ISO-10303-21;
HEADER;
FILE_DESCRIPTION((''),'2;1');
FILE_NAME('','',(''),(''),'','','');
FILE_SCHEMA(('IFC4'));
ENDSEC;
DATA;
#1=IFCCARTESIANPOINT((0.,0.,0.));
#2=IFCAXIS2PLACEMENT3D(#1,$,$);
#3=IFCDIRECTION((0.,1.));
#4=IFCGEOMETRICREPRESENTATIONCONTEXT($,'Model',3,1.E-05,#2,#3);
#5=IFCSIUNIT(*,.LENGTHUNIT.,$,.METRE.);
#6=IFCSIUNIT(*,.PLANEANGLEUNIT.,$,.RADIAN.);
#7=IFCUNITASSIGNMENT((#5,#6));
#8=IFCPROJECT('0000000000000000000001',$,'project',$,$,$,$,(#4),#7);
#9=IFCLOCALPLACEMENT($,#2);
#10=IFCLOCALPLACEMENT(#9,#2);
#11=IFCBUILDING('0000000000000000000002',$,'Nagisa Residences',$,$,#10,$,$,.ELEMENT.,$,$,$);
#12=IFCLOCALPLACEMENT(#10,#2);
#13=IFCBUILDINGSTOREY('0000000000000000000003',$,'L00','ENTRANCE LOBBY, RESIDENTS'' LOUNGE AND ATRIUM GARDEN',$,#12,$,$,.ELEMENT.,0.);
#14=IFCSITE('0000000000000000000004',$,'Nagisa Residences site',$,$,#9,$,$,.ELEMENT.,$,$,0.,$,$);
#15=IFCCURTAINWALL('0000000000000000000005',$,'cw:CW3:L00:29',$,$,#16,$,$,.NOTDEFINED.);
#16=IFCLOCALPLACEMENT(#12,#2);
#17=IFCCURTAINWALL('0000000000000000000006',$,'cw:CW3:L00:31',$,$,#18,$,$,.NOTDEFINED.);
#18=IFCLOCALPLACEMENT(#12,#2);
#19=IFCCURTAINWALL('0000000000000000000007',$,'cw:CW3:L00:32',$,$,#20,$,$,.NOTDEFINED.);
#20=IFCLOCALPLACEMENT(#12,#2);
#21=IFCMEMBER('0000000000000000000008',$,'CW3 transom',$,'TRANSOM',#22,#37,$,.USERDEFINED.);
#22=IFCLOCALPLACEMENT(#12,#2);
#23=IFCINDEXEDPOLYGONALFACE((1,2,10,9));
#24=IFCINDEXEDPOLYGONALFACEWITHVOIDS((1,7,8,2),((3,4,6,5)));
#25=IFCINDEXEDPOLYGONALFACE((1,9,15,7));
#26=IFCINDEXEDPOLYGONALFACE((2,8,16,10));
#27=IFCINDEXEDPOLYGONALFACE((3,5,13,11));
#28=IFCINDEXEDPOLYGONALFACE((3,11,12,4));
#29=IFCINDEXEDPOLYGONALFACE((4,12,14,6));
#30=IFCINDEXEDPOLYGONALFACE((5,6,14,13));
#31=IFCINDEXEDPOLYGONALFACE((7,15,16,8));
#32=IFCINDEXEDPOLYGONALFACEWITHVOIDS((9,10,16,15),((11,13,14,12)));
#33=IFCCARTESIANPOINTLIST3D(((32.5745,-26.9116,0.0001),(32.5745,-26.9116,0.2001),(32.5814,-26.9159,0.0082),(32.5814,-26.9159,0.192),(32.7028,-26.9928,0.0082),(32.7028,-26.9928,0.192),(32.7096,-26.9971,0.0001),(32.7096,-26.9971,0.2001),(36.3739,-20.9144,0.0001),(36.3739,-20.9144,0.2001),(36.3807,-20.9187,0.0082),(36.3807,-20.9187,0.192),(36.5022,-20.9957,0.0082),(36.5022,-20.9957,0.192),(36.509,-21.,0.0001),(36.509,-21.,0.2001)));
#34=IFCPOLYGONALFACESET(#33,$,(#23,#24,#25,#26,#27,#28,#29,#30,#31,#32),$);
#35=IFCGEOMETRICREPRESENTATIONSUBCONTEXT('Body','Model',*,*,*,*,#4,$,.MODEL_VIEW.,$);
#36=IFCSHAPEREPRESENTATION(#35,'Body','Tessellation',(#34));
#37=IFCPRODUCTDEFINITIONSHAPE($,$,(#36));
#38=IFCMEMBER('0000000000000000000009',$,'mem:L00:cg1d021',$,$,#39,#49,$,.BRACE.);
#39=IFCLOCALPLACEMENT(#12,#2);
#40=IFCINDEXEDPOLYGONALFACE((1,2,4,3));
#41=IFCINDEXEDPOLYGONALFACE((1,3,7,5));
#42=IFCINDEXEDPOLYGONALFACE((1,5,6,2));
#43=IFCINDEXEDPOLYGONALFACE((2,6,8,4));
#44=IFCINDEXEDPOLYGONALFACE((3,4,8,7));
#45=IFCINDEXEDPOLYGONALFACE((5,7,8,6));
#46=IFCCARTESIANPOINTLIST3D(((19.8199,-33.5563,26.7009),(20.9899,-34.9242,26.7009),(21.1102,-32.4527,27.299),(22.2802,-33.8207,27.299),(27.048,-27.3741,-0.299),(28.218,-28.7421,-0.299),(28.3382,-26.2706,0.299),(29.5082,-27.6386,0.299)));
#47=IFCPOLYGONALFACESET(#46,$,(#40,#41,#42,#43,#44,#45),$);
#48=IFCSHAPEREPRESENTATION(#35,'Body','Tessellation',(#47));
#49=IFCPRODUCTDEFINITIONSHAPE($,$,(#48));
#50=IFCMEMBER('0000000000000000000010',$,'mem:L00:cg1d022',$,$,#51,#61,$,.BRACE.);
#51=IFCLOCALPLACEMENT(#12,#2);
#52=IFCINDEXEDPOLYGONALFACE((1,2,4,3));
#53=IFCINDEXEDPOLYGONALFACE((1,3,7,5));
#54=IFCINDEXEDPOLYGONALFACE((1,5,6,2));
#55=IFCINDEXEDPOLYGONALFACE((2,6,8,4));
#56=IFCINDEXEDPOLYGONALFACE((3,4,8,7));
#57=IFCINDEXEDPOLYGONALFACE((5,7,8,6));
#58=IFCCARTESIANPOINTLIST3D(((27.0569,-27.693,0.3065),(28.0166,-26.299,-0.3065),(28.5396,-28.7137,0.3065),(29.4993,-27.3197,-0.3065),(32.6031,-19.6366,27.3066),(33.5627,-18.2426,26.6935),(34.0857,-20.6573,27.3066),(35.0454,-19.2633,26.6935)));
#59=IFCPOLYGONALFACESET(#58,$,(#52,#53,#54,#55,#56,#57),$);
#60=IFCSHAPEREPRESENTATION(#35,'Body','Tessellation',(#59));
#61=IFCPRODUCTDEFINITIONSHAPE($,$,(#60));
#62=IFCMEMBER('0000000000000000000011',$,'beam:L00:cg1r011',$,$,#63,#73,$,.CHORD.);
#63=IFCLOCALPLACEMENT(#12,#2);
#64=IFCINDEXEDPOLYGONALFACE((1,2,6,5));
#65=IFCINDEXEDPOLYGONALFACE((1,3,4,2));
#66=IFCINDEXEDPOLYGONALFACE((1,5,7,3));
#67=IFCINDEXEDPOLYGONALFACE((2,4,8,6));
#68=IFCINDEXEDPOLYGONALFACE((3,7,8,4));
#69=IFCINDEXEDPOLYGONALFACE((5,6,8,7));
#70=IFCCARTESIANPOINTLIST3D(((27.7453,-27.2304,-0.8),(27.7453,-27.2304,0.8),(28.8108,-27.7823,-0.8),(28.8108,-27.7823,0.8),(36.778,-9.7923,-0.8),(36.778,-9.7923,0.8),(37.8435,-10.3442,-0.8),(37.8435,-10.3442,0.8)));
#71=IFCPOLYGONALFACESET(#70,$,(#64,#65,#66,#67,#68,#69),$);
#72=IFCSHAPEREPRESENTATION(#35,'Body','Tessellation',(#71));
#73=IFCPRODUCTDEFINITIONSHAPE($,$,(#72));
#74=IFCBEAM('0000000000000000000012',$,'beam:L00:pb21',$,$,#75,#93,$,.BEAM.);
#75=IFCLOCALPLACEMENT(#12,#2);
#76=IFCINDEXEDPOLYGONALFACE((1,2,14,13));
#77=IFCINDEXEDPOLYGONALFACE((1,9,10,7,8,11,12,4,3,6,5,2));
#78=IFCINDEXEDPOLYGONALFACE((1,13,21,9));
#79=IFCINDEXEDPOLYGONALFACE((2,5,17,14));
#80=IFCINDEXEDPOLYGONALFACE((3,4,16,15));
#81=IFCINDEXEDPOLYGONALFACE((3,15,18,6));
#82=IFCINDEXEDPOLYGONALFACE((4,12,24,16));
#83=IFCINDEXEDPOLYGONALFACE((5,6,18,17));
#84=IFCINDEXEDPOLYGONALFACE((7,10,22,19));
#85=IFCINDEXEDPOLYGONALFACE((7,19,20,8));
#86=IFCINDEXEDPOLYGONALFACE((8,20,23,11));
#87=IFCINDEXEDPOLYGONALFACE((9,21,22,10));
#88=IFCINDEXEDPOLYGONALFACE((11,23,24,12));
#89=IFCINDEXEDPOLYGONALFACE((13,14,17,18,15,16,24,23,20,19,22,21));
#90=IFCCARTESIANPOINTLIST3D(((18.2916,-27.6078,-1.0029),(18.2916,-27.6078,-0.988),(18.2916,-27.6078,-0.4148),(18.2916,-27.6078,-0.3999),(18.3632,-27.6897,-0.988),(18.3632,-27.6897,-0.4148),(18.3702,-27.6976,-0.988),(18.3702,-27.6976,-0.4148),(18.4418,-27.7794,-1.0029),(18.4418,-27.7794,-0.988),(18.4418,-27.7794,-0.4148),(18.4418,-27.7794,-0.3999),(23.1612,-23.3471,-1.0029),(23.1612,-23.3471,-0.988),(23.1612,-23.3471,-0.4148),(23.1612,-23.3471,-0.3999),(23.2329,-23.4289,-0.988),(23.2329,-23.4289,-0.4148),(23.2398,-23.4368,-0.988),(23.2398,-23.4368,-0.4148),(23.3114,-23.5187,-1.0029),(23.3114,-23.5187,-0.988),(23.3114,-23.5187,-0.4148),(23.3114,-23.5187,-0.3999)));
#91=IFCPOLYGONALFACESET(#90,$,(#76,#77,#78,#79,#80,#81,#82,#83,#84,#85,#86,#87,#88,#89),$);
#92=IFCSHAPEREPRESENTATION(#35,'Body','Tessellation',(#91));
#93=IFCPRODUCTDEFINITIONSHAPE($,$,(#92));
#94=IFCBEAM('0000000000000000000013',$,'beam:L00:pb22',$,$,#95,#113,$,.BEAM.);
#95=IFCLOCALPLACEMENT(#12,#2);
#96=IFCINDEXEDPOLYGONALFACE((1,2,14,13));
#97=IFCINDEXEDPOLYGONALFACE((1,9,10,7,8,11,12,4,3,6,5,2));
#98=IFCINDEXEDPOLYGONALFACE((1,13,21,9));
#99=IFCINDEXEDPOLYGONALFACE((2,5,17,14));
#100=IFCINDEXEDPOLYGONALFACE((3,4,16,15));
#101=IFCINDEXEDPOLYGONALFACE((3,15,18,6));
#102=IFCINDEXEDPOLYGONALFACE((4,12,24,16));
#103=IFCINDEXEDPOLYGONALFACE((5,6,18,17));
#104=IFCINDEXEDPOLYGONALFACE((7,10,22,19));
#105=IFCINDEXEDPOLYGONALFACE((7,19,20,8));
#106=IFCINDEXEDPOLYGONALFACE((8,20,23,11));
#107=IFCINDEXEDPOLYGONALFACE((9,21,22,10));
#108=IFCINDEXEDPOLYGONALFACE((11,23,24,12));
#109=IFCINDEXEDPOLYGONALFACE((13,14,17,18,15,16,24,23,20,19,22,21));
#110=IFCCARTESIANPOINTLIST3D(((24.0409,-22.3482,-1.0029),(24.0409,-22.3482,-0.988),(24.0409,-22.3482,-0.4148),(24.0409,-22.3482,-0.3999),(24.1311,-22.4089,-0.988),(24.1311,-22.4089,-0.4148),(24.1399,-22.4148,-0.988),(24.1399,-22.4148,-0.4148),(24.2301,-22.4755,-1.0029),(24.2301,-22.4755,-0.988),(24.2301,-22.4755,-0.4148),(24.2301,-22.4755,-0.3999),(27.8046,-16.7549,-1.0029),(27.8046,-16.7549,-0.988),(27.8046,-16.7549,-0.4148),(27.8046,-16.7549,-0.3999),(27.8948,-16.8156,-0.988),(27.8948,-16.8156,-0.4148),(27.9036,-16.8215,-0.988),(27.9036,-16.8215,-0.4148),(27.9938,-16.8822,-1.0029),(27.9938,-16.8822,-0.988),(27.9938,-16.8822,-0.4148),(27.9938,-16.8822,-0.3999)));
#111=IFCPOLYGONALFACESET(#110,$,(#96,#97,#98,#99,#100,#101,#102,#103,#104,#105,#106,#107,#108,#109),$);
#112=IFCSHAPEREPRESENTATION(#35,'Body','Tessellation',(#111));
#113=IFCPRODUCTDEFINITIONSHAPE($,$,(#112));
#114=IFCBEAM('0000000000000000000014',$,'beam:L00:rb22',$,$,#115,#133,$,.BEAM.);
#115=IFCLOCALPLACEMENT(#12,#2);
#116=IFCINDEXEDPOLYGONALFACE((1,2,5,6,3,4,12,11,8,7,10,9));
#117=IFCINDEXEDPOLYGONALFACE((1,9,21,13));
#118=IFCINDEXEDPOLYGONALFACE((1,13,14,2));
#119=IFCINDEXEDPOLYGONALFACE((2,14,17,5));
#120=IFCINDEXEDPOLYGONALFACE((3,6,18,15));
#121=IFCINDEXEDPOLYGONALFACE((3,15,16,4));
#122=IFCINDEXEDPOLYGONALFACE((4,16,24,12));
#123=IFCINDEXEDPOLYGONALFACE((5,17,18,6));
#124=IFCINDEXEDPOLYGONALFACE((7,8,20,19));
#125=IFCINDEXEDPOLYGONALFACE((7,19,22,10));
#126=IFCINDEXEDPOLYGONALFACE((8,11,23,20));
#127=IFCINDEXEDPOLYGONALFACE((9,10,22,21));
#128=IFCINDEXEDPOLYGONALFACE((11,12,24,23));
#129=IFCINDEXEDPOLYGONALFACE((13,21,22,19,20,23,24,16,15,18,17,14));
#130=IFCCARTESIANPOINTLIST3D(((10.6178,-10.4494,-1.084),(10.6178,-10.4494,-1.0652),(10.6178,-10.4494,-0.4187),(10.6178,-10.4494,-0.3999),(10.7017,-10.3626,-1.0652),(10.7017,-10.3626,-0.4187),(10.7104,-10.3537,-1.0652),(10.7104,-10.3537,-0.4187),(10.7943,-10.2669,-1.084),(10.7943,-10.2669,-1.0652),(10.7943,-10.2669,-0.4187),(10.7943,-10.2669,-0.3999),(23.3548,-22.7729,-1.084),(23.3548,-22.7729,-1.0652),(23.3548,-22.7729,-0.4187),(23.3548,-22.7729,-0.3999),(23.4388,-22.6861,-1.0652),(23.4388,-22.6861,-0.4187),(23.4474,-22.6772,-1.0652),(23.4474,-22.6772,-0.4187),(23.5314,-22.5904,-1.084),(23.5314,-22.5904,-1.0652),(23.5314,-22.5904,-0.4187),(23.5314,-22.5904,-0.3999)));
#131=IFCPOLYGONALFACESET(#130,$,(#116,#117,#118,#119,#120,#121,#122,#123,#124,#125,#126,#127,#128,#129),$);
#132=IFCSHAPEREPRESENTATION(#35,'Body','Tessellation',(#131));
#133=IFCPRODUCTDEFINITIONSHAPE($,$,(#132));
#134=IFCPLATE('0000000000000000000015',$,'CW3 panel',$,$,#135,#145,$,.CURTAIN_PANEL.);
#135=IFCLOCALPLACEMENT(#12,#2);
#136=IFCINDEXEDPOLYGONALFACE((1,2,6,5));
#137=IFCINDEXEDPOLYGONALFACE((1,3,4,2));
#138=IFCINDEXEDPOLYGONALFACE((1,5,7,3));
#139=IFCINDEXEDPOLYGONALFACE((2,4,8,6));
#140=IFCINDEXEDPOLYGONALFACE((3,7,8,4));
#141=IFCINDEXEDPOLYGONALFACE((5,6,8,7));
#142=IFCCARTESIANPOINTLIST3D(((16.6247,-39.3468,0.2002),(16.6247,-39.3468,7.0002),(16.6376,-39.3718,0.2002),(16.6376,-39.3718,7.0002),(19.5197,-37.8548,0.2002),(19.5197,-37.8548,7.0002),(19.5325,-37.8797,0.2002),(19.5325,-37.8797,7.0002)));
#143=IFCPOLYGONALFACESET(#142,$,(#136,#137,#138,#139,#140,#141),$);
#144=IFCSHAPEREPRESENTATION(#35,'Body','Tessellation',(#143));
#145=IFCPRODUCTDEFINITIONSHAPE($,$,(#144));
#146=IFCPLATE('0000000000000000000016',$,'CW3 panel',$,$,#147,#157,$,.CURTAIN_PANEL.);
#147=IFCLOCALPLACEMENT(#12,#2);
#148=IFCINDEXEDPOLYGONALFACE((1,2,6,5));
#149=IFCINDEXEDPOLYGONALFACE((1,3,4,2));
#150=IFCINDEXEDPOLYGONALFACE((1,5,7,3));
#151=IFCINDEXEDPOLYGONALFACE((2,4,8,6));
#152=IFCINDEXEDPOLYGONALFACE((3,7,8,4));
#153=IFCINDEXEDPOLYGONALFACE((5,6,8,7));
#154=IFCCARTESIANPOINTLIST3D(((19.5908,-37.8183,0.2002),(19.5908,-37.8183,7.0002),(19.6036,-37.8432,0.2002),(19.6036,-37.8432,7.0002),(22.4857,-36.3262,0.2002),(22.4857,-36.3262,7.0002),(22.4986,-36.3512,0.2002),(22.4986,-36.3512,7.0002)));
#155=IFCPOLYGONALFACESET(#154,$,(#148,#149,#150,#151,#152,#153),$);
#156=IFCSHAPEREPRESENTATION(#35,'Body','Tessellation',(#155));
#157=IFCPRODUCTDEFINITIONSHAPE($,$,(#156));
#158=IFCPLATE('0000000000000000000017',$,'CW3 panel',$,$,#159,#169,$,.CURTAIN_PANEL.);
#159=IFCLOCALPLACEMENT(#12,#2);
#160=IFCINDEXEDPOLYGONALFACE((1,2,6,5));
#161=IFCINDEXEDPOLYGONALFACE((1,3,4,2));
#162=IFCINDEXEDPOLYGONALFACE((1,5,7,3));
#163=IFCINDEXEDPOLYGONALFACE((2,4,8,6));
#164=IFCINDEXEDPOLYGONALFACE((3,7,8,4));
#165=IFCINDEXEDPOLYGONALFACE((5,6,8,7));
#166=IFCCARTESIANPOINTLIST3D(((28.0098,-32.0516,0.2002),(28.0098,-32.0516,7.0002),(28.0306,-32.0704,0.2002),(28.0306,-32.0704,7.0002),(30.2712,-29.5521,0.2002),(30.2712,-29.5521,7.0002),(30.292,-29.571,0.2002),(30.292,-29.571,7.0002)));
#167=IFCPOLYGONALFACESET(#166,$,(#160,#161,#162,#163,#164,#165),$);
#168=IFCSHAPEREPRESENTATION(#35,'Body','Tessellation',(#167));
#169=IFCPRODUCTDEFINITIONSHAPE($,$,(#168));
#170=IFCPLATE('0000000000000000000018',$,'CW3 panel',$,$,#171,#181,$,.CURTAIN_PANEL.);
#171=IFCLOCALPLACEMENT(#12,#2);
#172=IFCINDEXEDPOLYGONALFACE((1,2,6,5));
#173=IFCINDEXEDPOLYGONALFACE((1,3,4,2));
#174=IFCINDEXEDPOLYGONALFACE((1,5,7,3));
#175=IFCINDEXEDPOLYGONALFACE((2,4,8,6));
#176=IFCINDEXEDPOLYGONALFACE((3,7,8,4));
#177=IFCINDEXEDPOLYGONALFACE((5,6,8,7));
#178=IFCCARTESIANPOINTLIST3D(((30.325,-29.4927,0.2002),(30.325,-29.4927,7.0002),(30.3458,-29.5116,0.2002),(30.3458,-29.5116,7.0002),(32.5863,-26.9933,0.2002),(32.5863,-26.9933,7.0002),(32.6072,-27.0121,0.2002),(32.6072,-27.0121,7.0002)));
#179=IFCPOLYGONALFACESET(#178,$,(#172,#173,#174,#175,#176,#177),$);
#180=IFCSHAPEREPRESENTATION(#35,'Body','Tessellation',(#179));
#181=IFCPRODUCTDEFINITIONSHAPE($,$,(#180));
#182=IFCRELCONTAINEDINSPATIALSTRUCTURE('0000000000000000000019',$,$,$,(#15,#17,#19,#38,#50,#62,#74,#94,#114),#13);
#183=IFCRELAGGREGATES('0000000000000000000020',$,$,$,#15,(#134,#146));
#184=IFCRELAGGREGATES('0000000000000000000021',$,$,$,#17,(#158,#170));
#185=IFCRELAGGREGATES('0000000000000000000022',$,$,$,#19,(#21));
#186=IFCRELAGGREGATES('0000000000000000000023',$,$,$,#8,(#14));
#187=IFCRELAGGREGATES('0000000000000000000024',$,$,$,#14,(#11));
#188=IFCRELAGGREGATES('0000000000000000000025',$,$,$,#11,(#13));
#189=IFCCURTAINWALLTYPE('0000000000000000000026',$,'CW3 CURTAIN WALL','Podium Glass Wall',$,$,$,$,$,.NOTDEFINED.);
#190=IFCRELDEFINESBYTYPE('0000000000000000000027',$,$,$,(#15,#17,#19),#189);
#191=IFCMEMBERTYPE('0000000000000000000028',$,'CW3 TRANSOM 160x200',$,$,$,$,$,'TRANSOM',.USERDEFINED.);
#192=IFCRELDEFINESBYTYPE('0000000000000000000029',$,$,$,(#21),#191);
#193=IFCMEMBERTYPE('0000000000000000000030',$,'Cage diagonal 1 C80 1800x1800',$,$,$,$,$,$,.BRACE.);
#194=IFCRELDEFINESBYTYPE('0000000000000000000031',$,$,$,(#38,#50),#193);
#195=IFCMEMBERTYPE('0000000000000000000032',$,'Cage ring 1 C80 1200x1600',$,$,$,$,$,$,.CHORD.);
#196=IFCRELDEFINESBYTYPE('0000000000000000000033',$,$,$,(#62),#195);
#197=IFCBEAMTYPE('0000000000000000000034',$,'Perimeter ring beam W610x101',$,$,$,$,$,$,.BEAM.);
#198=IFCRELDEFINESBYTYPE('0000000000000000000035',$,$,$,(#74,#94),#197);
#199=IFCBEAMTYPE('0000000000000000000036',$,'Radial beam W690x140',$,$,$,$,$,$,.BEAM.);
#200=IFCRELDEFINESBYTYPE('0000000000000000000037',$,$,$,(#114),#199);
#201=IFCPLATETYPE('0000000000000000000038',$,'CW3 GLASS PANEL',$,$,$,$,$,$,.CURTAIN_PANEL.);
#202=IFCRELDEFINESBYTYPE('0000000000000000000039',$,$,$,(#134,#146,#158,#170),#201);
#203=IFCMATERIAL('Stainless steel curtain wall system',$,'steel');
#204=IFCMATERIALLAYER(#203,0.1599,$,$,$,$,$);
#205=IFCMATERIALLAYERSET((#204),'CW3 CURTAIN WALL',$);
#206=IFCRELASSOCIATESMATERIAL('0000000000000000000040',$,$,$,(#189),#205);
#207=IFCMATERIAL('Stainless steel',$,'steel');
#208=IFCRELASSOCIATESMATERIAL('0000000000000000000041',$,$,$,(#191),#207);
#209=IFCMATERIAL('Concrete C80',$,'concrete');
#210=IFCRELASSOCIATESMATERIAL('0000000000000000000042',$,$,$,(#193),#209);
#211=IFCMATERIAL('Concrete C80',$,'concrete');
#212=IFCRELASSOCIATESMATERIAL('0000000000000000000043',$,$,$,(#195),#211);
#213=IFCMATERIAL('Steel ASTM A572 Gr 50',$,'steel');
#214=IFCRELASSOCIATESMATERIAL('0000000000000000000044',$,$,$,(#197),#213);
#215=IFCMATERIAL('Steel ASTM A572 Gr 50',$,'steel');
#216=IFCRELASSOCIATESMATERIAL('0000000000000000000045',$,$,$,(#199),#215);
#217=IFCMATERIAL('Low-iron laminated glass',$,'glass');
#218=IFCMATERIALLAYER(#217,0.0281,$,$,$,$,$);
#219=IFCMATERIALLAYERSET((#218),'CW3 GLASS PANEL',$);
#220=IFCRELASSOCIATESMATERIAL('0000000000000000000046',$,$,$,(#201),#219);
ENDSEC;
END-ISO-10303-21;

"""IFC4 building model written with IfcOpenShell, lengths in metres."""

from ifc_helpers import new_model, si_unit, direction, frame, origin, origin_2d, place, context, subcontext, project, spatial, rectangle, hollow_rectangle, i_section, extrude, material, layer, layer_set, material_profile, profile_set, type_object, element, aggregate, save


model = new_model("IFC4")

# Units and contexts
model_context = context("Model", 3, precision=1e-05, world=origin(), true_north=direction((0.0, 1.0)))
body_context = subcontext(model_context, "Body", "Model", "MODEL_VIEW")
ifc_project = project(units=[si_unit("LENGTHUNIT", "METRE"), si_unit("PLANEANGLEUNIT", "RADIAN")], contexts=[model_context])

# Site, building, storey
site_placement = place(None, origin())
site = spatial("IfcSite", under=ifc_project, at=site_placement, Name="Nagisa Residences site", CompositionType="ELEMENT", RefElevation=0.0)
building_placement = place(site_placement, origin())
building = spatial("IfcBuilding", under=site, at=building_placement, Name="Nagisa Residences", CompositionType="ELEMENT")
storey_placement = place(building_placement, origin())
storey = spatial("IfcBuildingStorey", under=building, at=storey_placement, Name="L00", Description="ENTRANCE LOBBY, RESIDENTS' LOUNGE AND ATRIUM GARDEN", CompositionType="ELEMENT", Elevation=0.0)

# Curtain walls
ifc_material_1 = material(Name="Stainless steel curtain wall system", Category="steel")
ifc_layer_1 = layer(ifc_material_1, 0.1599)
ifc_layer_set_1 = layer_set([ifc_layer_1], Name="CW3 CURTAIN WALL")
curtain_wall_type = type_object("IfcCurtainWallType", Name="CW3 CURTAIN WALL", Description="Podium Glass Wall", PredefinedType="NOTDEFINED", material=ifc_layer_set_1)
curtain_wall_1_placement = place(storey_placement, origin())
curtain_wall_1 = element("IfcCurtainWall", 1, at=curtain_wall_1_placement, inside=storey, type_object=curtain_wall_type, Name="cw:CW3:L00:29", PredefinedType="NOTDEFINED")
curtain_wall_2_placement = place(storey_placement, origin())
curtain_wall_2 = element("IfcCurtainWall", 2, at=curtain_wall_2_placement, inside=storey, type_object=curtain_wall_type, Name="cw:CW3:L00:31", PredefinedType="NOTDEFINED")
curtain_wall_3_placement = place(storey_placement, origin())
curtain_wall_3 = element("IfcCurtainWall", 3, at=curtain_wall_3_placement, inside=storey, type_object=curtain_wall_type, Name="cw:CW3:L00:32", PredefinedType="NOTDEFINED")

# Member
ifc_material_2 = material(Name="Stainless steel", Category="steel")
ifc_material_profile_1 = material_profile(ifc_material_2, hollow_rectangle(XDim=0.1599, YDim=0.2, WallThickness=0.0081, at=origin_2d()), Name="CW3 TRANSOM 160x200")
ifc_profile_set_1 = profile_set([ifc_material_profile_1], Name="Stainless steel")
member_type_1 = type_object("IfcMemberType", Name="CW3 TRANSOM 160x200", ElementType="TRANSOM", PredefinedType="USERDEFINED", material=ifc_profile_set_1)
member_1_placement = place(storey_placement, frame((32.6421, -26.9543, 0.1001), z_axis=(0.53517, 0.844744, 0.0), x_axis=(-0.844744, 0.53517, 0.0)))
member_1 = element("IfcMember", 4, at=member_1_placement, type_object=member_type_1, Name="CW3 transom", ObjectType="TRANSOM", PredefinedType="USERDEFINED", context=body_context, shape_type="SweptSolid", body=[
    extrude(hollow_rectangle(XDim=0.1599, YDim=0.2, WallThickness=0.0081, at=origin_2d()), origin(), (0.0, 0.0, 1.0), 7.0994),
])

# Members
ifc_material_3 = material(Name="Concrete C80", Category="concrete")
ifc_material_profile_2 = material_profile(ifc_material_3, rectangle(XDim=1.8, YDim=1.8, at=origin_2d()), Name="C80 1800x1800")
ifc_profile_set_2 = profile_set([ifc_material_profile_2], Name="Concrete C80")
member_type_2 = type_object("IfcMemberType", Name="Cage diagonal 1 C80 1800x1800", PredefinedType="BRACE", material=ifc_profile_set_2)
member_2_placement = place(storey_placement, frame((28.2781, -27.5063, 0.0), z_axis=(-0.252496, -0.21596, 0.94319), x_axis=(0.649983, -0.759948, 0.0)))
element("IfcMember", 5, at=member_2_placement, inside=storey, type_object=member_type_2, Name="mem:L00:cg1d021", PredefinedType="BRACE", context=body_context, shape_type="SweptSolid", body=[
    extrude(rectangle(XDim=1.8, YDim=1.8, at=origin_2d()), origin(), (0.0, 0.0, 1.0), 28.6262),
])
member_3_placement = place(storey_placement, frame((28.2781, -27.5063, 0.0), z_axis=(0.193131, 0.280545, 0.94021), x_axis=(-0.82369, 0.56704, 0.0)))
element("IfcMember", 6, at=member_3_placement, inside=storey, type_object=member_type_2, Name="mem:L00:cg1d022", PredefinedType="BRACE", context=body_context, shape_type="SweptSolid", body=[
    extrude(rectangle(XDim=1.8, YDim=1.8, at=origin_2d()), origin(), (0.0, 0.0, 1.0), 28.717),
])
ifc_material_4 = material(Name="Concrete C80", Category="concrete")
ifc_material_profile_3 = material_profile(ifc_material_4, rectangle(XDim=1.2, YDim=1.6001, at=origin_2d()), Name="C80 1200x1600")
ifc_profile_set_3 = profile_set([ifc_material_profile_3], Name="Concrete C80")
member_type_3 = type_object("IfcMemberType", Name="Cage ring 1 C80 1200x1600", PredefinedType="CHORD", material=ifc_profile_set_3)
member_4_placement = place(storey_placement, frame((28.2781, -27.5063, 0.0), z_axis=(0.459943, 0.887949, 0.0), x_axis=(-0.887949, 0.459943, 0.0)))
element("IfcMember", 7, at=member_4_placement, inside=storey, type_object=member_type_3, Name="beam:L00:cg1r011", PredefinedType="CHORD", context=body_context, shape_type="SweptSolid", body=[
    extrude(rectangle(XDim=1.2, YDim=1.6001, at=origin_2d()), origin(), (0.0, 0.0, 1.0), 19.6387),
])

# Beams
ifc_material_5 = material(Name="Steel ASTM A572 Gr 50", Category="steel")
ifc_material_profile_4 = material_profile(ifc_material_5, i_section(OverallWidth=0.228, OverallDepth=0.603, WebThickness=0.0105, FlangeThickness=0.0149, at=origin_2d()), Name="W610x101")
ifc_profile_set_4 = profile_set([ifc_material_profile_4], Name="Steel ASTM A572 Gr 50")
beam_type_1 = type_object("IfcBeamType", Name="Perimeter ring beam W610x101", PredefinedType="BEAM", material=ifc_profile_set_4)
beam_1_placement = place(storey_placement, frame((18.3667, -27.6936, -0.7014), z_axis=(0.752591, 0.658489, 0.0), x_axis=(-0.658489, 0.752591, 0.0)))
element("IfcBeam", 8, at=beam_1_placement, inside=storey, type_object=beam_type_1, Name="beam:L00:pb21", PredefinedType="BEAM", context=body_context, shape_type="SweptSolid", body=[
    extrude(i_section(OverallWidth=0.228, OverallDepth=0.603, WebThickness=0.0105, FlangeThickness=0.0149, at=origin_2d()), origin(), (0.0, 0.0, 1.0), 6.4705),
])
beam_2_placement = place(storey_placement, frame((24.1355, -22.4119, -0.7014), z_axis=(0.558272, 0.829658, 0.0), x_axis=(-0.829658, 0.558272, 0.0)))
element("IfcBeam", 9, at=beam_2_placement, inside=storey, type_object=beam_type_1, Name="beam:L00:pb22", PredefinedType="BEAM", context=body_context, shape_type="SweptSolid", body=[
    extrude(i_section(OverallWidth=0.228, OverallDepth=0.603, WebThickness=0.0105, FlangeThickness=0.0149, at=origin_2d()), origin(), (0.0, 0.0, 1.0), 6.7417),
])
ifc_material_6 = material(Name="Steel ASTM A572 Gr 50", Category="steel")
ifc_material_profile_5 = material_profile(ifc_material_6, i_section(OverallWidth=0.2539, OverallDepth=0.6841, WebThickness=0.0125, FlangeThickness=0.0188, at=origin_2d()), Name="W690x140")
ifc_profile_set_5 = profile_set([ifc_material_profile_5], Name="Steel ASTM A572 Gr 50")
beam_type_2 = type_object("IfcBeamType", Name="Radial beam W690x140", PredefinedType="BEAM", material=ifc_profile_set_5)
beam_3_placement = place(storey_placement, frame((23.4431, -22.6816, -0.7419), z_axis=(-0.718678, 0.695343, 0.0), x_axis=(-0.695343, -0.718678, 0.0)))
element("IfcBeam", 10, at=beam_3_placement, inside=storey, type_object=beam_type_2, Name="beam:L00:rb22", PredefinedType="BEAM", context=body_context, shape_type="SweptSolid", body=[
    extrude(i_section(OverallWidth=0.2539, OverallDepth=0.6841, WebThickness=0.0125, FlangeThickness=0.0188, at=origin_2d()), origin(), (0.0, 0.0, 1.0), 17.7229),
])

# Plates
ifc_material_7 = material(Name="Low-iron laminated glass", Category="glass")
ifc_layer_2 = layer(ifc_material_7, 0.0281)
ifc_layer_set_2 = layer_set([ifc_layer_2], Name="CW3 GLASS PANEL")
plate_type = type_object("IfcPlateType", Name="CW3 GLASS PANEL", PredefinedType="CURTAIN_PANEL", material=ifc_layer_set_2)
plate_1_placement = place(storey_placement, frame((18.0786, -38.6133, 0.2002), z_axis=(0.0, 0.0, 1.0), x_axis=(0.888887, 0.458126, 0.0)))
plate_1 = element("IfcPlate", 11, at=plate_1_placement, type_object=plate_type, Name="CW3 panel", PredefinedType="CURTAIN_PANEL", context=body_context, shape_type="SweptSolid", body=[
    extrude(rectangle(XDim=3.2568, YDim=0.0281, at=origin_2d()), origin(), (0.0, 0.0, 1.0), 6.8),
])
plate_2_placement = place(storey_placement, frame((21.0447, -37.0847, 0.2002), z_axis=(0.0, 0.0, 1.0), x_axis=(0.888887, 0.458126, 0.0)))
plate_2 = element("IfcPlate", 12, at=plate_2_placement, type_object=plate_type, Name="CW3 panel", PredefinedType="CURTAIN_PANEL", context=body_context, shape_type="SweptSolid", body=[
    extrude(rectangle(XDim=3.2568, YDim=0.0281, at=origin_2d()), origin(), (0.0, 0.0, 1.0), 6.8),
])
aggregate(curtain_wall_1, [plate_1, plate_2])
plate_3_placement = place(storey_placement, frame((29.1509, -30.8113, 0.2002), z_axis=(0.0, 0.0, 1.0), x_axis=(0.670913, 0.741536, 0.0)))
plate_3 = element("IfcPlate", 13, at=plate_3_placement, type_object=plate_type, Name="CW3 panel", PredefinedType="CURTAIN_PANEL", context=body_context, shape_type="SweptSolid", body=[
    extrude(rectangle(XDim=3.3706, YDim=0.0281, at=origin_2d()), origin(), (0.0, 0.0, 1.0), 6.8),
])
plate_4_placement = place(storey_placement, frame((31.4661, -28.2524, 0.2002), z_axis=(0.0, 0.0, 1.0), x_axis=(0.670913, 0.741536, 0.0)))
plate_4 = element("IfcPlate", 14, at=plate_4_placement, type_object=plate_type, Name="CW3 panel", PredefinedType="CURTAIN_PANEL", context=body_context, shape_type="SweptSolid", body=[
    extrude(rectangle(XDim=3.3706, YDim=0.0281, at=origin_2d()), origin(), (0.0, 0.0, 1.0), 6.8),
])
aggregate(curtain_wall_2, [plate_3, plate_4])
aggregate(curtain_wall_3, [member_1])

save(model, "model.ifc")
